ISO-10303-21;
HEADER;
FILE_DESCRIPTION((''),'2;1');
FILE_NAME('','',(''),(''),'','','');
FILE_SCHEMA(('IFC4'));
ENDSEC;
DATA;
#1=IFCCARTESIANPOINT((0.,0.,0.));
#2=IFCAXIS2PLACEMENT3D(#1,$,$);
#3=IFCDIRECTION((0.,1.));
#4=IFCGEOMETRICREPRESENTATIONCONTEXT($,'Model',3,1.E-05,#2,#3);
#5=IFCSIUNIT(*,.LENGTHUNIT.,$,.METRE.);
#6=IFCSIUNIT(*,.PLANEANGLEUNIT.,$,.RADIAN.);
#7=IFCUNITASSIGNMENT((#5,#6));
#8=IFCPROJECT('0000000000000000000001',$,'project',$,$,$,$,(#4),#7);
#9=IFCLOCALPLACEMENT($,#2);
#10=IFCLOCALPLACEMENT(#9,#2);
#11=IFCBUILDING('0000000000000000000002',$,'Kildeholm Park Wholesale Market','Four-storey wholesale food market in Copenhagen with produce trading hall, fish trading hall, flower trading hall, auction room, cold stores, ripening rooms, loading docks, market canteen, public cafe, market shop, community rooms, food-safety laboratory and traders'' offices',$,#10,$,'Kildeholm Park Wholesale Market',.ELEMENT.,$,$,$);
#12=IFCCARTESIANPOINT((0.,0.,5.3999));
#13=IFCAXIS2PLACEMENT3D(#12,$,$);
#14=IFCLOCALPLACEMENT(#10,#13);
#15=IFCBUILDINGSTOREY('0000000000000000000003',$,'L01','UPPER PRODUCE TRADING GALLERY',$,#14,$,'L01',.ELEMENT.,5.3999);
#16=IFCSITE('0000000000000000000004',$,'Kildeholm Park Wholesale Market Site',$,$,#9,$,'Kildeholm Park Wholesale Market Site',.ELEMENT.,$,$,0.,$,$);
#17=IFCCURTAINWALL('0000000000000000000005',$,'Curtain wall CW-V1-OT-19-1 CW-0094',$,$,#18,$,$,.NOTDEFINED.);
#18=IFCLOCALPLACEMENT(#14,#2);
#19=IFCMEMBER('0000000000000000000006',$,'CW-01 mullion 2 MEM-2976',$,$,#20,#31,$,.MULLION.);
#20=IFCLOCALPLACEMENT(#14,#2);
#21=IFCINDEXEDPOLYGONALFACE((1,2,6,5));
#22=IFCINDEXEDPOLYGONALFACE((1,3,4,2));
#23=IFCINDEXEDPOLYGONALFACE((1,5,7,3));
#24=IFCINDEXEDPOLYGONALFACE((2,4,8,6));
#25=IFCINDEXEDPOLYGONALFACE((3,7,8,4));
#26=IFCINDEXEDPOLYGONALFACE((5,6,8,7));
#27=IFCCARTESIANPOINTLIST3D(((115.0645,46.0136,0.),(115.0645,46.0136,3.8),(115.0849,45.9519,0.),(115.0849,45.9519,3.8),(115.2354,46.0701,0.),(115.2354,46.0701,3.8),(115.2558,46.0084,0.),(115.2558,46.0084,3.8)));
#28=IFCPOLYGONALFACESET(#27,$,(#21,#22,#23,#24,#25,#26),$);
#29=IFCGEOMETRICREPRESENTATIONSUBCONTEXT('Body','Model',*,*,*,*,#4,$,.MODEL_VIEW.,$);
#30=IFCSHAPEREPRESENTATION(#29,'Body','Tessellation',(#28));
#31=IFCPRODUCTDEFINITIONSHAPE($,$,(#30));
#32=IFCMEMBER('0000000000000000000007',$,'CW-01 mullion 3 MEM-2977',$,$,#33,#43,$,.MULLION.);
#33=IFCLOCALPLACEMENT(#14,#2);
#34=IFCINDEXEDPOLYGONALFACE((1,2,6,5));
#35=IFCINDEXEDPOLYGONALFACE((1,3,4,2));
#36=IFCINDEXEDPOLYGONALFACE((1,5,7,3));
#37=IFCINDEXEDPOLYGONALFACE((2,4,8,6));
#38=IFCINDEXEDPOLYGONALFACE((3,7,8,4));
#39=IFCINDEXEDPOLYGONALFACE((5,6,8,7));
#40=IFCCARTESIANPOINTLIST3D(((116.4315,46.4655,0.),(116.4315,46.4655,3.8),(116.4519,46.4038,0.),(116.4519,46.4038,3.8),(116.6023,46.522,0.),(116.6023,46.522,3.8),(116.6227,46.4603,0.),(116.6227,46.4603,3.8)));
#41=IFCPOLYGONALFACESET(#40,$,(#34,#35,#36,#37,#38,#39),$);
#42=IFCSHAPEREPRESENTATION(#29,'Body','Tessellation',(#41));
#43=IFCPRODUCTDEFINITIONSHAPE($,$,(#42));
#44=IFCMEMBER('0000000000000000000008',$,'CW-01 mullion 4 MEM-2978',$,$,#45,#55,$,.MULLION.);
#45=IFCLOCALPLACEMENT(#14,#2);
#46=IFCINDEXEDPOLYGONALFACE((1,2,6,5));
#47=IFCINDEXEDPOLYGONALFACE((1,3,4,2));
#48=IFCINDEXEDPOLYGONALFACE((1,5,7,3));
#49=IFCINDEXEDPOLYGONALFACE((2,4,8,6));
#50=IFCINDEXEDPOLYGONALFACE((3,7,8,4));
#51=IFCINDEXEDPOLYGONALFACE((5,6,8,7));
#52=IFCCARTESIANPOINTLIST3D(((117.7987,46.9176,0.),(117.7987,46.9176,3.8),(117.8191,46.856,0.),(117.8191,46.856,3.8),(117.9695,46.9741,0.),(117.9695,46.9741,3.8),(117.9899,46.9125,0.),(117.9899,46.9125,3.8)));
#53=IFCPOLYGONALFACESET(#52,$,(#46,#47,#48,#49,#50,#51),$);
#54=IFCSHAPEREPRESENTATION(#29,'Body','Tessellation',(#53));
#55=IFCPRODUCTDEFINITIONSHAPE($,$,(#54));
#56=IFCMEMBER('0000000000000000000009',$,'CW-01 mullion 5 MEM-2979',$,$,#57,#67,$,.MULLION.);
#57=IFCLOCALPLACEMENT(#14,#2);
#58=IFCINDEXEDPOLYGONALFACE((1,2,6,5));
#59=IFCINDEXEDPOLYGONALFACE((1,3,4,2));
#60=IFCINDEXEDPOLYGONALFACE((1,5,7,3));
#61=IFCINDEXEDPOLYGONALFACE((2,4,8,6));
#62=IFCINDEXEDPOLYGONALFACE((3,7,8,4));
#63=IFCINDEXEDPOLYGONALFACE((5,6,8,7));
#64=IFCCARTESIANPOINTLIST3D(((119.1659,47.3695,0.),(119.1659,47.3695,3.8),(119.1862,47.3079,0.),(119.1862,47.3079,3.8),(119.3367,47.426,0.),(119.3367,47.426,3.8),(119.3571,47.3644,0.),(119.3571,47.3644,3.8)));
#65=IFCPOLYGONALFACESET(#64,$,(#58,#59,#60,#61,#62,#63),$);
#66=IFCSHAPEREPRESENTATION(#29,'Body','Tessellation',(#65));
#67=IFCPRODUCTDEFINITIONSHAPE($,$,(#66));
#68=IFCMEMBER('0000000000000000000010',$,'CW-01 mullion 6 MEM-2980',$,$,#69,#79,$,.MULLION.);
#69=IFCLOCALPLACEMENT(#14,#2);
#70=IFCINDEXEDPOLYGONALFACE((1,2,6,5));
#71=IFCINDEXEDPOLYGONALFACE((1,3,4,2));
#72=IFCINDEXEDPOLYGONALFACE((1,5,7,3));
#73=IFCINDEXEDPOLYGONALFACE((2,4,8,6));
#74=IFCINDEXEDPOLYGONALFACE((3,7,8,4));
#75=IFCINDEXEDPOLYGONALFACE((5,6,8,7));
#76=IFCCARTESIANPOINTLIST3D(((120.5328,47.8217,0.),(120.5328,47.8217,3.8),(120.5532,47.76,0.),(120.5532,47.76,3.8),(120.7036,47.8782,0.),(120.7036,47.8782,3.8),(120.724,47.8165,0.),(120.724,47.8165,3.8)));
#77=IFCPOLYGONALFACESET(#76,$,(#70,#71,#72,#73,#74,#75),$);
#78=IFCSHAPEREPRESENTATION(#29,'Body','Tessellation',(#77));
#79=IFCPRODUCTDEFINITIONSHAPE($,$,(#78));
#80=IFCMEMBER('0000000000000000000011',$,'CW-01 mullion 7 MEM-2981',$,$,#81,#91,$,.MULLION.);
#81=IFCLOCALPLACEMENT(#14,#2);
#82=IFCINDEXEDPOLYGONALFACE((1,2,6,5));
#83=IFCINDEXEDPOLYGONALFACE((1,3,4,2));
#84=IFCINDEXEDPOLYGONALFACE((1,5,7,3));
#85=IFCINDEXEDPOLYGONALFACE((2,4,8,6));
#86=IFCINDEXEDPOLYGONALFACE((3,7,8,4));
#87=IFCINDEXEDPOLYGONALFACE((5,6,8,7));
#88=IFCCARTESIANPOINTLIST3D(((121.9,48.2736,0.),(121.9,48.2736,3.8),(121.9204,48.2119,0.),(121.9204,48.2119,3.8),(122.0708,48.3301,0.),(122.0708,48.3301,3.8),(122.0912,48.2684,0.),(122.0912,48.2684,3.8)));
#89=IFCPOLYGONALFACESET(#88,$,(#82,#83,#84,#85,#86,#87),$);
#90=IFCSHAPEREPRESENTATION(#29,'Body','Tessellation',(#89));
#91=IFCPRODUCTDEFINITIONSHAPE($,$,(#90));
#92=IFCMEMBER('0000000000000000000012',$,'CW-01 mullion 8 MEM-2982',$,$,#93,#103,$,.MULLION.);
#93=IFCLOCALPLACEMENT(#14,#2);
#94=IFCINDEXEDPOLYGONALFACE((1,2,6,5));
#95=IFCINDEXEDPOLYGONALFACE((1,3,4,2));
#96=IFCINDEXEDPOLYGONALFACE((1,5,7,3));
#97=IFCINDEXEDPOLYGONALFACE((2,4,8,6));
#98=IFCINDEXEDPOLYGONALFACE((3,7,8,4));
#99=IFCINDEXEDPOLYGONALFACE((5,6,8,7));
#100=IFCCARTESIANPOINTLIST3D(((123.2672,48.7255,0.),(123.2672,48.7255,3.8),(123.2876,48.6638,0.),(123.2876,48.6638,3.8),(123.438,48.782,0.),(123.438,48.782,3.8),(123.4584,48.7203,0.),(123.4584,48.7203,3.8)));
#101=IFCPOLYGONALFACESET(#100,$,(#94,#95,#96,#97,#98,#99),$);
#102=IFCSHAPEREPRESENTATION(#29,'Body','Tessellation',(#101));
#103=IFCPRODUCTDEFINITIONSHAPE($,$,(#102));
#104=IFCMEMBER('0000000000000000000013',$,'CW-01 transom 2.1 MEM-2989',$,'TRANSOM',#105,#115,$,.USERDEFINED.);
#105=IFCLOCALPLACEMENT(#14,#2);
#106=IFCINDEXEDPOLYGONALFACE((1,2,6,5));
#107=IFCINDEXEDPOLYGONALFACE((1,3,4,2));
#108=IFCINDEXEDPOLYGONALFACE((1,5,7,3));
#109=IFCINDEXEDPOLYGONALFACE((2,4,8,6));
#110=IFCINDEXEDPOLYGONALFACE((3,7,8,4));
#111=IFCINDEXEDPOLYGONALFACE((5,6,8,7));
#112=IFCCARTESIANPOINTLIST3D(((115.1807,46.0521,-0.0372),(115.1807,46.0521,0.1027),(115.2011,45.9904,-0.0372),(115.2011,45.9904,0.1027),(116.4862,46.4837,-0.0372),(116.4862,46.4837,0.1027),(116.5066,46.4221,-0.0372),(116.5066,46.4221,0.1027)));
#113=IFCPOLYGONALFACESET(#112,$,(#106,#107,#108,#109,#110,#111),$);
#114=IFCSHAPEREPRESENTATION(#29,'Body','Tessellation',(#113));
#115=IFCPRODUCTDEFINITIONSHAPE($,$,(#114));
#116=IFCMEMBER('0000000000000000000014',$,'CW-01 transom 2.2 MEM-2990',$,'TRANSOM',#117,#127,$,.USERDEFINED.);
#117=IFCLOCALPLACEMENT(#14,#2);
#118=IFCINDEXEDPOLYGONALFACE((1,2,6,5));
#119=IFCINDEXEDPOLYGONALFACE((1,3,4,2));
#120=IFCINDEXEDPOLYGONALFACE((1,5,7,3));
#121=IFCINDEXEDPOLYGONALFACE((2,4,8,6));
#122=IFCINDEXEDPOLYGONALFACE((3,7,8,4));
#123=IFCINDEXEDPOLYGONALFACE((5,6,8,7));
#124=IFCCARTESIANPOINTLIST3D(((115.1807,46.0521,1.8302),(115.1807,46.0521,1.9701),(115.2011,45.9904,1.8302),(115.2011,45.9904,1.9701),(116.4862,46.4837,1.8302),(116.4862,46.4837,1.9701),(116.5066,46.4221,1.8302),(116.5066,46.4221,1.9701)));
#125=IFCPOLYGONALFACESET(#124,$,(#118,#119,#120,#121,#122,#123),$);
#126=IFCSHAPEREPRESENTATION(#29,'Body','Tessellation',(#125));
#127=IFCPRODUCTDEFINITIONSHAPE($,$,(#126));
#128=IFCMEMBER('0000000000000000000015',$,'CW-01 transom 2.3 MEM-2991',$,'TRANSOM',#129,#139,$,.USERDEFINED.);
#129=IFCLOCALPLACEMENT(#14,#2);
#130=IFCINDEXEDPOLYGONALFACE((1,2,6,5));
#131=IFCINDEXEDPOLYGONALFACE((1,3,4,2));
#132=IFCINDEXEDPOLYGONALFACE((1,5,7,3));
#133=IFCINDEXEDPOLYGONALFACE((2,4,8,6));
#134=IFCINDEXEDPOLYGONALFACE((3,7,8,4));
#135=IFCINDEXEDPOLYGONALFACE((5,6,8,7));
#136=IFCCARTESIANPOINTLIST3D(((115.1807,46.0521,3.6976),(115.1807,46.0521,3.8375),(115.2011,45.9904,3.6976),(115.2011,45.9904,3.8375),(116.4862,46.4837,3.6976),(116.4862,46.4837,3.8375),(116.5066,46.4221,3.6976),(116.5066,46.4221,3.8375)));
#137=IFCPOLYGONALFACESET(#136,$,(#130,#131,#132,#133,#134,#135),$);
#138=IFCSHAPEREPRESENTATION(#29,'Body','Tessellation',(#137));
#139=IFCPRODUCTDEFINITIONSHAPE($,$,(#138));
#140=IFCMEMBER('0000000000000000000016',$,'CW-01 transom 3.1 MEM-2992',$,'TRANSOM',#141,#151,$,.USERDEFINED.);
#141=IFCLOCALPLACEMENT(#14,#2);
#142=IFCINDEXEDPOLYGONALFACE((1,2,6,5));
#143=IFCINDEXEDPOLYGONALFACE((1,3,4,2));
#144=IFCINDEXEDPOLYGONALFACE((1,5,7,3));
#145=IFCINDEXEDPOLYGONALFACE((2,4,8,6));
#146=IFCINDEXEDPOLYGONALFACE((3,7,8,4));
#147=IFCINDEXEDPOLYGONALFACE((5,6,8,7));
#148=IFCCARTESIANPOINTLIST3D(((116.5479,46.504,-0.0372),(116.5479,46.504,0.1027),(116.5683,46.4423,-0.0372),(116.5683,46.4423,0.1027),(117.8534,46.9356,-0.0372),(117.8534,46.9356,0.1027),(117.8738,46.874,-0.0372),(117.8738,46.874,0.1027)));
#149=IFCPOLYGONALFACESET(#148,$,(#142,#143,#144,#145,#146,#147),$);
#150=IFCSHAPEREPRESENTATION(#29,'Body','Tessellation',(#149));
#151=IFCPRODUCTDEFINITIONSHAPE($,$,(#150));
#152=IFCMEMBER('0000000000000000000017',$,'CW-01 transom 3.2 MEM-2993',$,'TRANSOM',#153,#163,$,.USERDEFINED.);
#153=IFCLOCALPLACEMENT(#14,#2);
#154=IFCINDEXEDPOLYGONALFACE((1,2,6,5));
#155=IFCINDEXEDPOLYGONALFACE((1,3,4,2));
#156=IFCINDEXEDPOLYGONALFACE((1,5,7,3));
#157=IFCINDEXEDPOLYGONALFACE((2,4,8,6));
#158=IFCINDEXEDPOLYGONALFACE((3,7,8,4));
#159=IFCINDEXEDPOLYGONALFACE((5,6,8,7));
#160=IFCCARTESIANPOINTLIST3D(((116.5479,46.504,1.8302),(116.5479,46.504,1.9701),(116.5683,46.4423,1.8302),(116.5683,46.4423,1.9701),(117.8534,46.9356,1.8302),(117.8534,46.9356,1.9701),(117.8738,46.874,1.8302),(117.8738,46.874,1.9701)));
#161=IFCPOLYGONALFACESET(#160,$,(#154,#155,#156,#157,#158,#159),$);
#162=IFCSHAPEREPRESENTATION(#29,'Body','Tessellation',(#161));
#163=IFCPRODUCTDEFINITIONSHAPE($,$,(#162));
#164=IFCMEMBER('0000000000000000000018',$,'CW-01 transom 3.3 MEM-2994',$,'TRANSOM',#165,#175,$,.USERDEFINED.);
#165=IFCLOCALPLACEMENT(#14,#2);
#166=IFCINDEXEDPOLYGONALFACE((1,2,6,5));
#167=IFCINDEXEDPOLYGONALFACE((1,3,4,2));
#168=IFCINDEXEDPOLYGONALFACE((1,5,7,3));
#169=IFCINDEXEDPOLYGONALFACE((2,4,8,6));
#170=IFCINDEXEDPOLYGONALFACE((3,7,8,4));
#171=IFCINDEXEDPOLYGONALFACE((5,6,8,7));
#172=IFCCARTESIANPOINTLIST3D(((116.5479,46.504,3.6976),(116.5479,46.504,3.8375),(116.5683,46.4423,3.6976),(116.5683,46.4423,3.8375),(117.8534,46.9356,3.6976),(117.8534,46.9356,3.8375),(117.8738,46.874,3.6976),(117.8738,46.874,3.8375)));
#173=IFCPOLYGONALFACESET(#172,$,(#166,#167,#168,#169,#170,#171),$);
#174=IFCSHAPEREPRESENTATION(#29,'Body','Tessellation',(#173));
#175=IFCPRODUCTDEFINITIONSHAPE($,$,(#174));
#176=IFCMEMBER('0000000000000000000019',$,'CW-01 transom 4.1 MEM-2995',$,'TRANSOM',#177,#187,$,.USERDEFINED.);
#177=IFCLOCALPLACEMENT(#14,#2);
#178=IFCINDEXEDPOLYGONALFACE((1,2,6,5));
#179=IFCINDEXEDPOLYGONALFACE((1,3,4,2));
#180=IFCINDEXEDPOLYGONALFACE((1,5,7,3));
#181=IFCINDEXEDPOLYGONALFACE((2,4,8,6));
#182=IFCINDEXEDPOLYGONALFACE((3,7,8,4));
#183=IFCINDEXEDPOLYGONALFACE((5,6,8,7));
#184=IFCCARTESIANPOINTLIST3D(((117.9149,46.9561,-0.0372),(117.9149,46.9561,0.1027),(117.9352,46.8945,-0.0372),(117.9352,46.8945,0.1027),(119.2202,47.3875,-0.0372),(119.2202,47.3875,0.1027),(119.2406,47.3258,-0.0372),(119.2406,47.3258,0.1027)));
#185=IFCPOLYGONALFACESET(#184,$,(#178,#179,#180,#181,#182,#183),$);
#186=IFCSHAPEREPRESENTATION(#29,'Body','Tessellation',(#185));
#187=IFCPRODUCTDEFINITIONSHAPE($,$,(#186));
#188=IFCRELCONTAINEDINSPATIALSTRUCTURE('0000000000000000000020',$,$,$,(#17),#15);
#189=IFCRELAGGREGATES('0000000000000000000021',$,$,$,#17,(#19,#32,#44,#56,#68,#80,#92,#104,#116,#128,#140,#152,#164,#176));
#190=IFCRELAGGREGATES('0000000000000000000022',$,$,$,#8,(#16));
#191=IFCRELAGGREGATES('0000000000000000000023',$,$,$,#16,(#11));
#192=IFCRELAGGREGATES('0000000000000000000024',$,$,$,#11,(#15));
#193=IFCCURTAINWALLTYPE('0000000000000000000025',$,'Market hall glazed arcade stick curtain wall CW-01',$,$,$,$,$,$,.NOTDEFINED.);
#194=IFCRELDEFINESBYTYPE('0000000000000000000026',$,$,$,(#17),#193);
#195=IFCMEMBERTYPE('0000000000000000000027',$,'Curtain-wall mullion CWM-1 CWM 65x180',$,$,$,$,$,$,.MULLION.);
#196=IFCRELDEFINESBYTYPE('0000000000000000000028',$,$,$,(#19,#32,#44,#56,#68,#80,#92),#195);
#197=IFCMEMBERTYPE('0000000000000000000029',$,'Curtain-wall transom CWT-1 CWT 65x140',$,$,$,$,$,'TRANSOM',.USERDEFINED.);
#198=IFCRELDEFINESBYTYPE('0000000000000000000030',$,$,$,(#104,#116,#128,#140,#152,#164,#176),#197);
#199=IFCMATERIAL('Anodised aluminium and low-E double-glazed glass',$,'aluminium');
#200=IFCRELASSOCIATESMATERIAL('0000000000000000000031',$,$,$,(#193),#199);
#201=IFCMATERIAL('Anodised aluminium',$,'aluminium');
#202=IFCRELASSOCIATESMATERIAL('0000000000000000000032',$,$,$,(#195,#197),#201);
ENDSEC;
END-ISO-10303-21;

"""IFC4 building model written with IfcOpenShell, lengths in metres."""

from ifc_helpers import new_model, si_unit, direction, frame, origin, origin_2d, place, context, subcontext, project, spatial, rectangle, extrude, material, material_profile, profile_set, type_object, element, aggregate, save


model = new_model("IFC4")

# Units and contexts
model_context = context("Model", 3, precision=1e-05, world=origin(), true_north=direction((0.0, 1.0)))
body_context = subcontext(model_context, "Body", "Model", "MODEL_VIEW")
ifc_project = project(units=[si_unit("LENGTHUNIT", "METRE"), si_unit("PLANEANGLEUNIT", "RADIAN")], contexts=[model_context])

# Site, building, storey
site_placement = place(None, origin())
site = spatial("IfcSite", under=ifc_project, at=site_placement, Name="Kildeholm Park Wholesale Market Site", LongName="Kildeholm Park Wholesale Market Site", CompositionType="ELEMENT", RefElevation=0.0)
building_placement = place(site_placement, origin())
building = spatial("IfcBuilding", under=site, at=building_placement, Name="Kildeholm Park Wholesale Market", Description="Four-storey wholesale food market in Copenhagen with produce trading hall, fish trading hall, flower trading hall, auction room, cold stores, ripening rooms, loading docks, market canteen, public cafe, market shop, community rooms, food-safety laboratory and traders' offices", LongName="Kildeholm Park Wholesale Market", CompositionType="ELEMENT")
storey_placement = place(building_placement, frame((0.0, 0.0, 5.3999)))
storey = spatial("IfcBuildingStorey", under=building, at=storey_placement, Name="L01", Description="UPPER PRODUCE TRADING GALLERY", LongName="L01", CompositionType="ELEMENT", Elevation=5.3999)

# Curtain wall, members
ifc_material_1 = material(Name="Anodised aluminium and low-E double-glazed glass", Category="aluminium")
curtain_wall_type = type_object("IfcCurtainWallType", Name="Market hall glazed arcade stick curtain wall CW-01", PredefinedType="NOTDEFINED", material=ifc_material_1)
curtain_wall_placement = place(storey_placement, origin())
curtain_wall = element("IfcCurtainWall", 1, at=curtain_wall_placement, inside=storey, type_object=curtain_wall_type, Name="Curtain wall CW-V1-OT-19-1 CW-0094", PredefinedType="NOTDEFINED")
ifc_material_2 = material(Name="Anodised aluminium", Category="aluminium")
ifc_material_profile_1 = material_profile(ifc_material_2, rectangle(XDim=0.0649, YDim=0.1799, at=origin_2d()), Name="CWM 65x180")
ifc_profile_set_1 = profile_set([ifc_material_profile_1], Name="Anodised aluminium")
member_type_1 = type_object("IfcMemberType", Name="Curtain-wall mullion CWM-1 CWM 65x180", PredefinedType="MULLION", material=ifc_profile_set_1)
member_1_placement = place(storey_placement, frame((115.1602, 46.011, 0.0), z_axis=(0.0, 0.0, 1.0), x_axis=(-0.313914, 0.949451, 0.0)))
member_1 = element("IfcMember", 2, at=member_1_placement, type_object=member_type_1, Name="CW-01 mullion 2 MEM-2976", PredefinedType="MULLION", context=body_context, shape_type="SweptSolid", body=[
    extrude(rectangle(XDim=0.0649, YDim=0.1799, at=origin_2d()), origin(), (0.0, 0.0, 1.0), 3.8),
])
member_2_placement = place(storey_placement, frame((116.5271, 46.4629, 0.0), z_axis=(0.0, 0.0, 1.0), x_axis=(-0.313914, 0.949451, 0.0)))
member_2 = element("IfcMember", 3, at=member_2_placement, type_object=member_type_1, Name="CW-01 mullion 3 MEM-2977", PredefinedType="MULLION", context=body_context, shape_type="SweptSolid", body=[
    extrude(rectangle(XDim=0.0649, YDim=0.1799, at=origin_2d()), origin(), (0.0, 0.0, 1.0), 3.8),
])
member_3_placement = place(storey_placement, frame((117.8943, 46.915, 0.0), z_axis=(0.0, 0.0, 1.0), x_axis=(-0.313914, 0.949451, 0.0)))
member_3 = element("IfcMember", 4, at=member_3_placement, type_object=member_type_1, Name="CW-01 mullion 4 MEM-2978", PredefinedType="MULLION", context=body_context, shape_type="SweptSolid", body=[
    extrude(rectangle(XDim=0.0649, YDim=0.1799, at=origin_2d()), origin(), (0.0, 0.0, 1.0), 3.8),
])
member_4_placement = place(storey_placement, frame((119.2615, 47.3669, 0.0), z_axis=(0.0, 0.0, 1.0), x_axis=(-0.313914, 0.949451, 0.0)))
member_4 = element("IfcMember", 5, at=member_4_placement, type_object=member_type_1, Name="CW-01 mullion 5 MEM-2979", PredefinedType="MULLION", context=body_context, shape_type="SweptSolid", body=[
    extrude(rectangle(XDim=0.0649, YDim=0.1799, at=origin_2d()), origin(), (0.0, 0.0, 1.0), 3.8),
])
member_5_placement = place(storey_placement, frame((120.6284, 47.8191, 0.0), z_axis=(0.0, 0.0, 1.0), x_axis=(-0.313914, 0.949451, 0.0)))
member_5 = element("IfcMember", 6, at=member_5_placement, type_object=member_type_1, Name="CW-01 mullion 6 MEM-2980", PredefinedType="MULLION", context=body_context, shape_type="SweptSolid", body=[
    extrude(rectangle(XDim=0.0649, YDim=0.1799, at=origin_2d()), origin(), (0.0, 0.0, 1.0), 3.8),
])
member_6_placement = place(storey_placement, frame((121.9956, 48.271, 0.0), z_axis=(0.0, 0.0, 1.0), x_axis=(-0.313914, 0.949451, 0.0)))
member_6 = element("IfcMember", 7, at=member_6_placement, type_object=member_type_1, Name="CW-01 mullion 7 MEM-2981", PredefinedType="MULLION", context=body_context, shape_type="SweptSolid", body=[
    extrude(rectangle(XDim=0.0649, YDim=0.1799, at=origin_2d()), origin(), (0.0, 0.0, 1.0), 3.8),
])
member_7_placement = place(storey_placement, frame((123.3628, 48.7229, 0.0), z_axis=(0.0, 0.0, 1.0), x_axis=(-0.313914, 0.949451, 0.0)))
member_7 = element("IfcMember", 8, at=member_7_placement, type_object=member_type_1, Name="CW-01 mullion 8 MEM-2982", PredefinedType="MULLION", context=body_context, shape_type="SweptSolid", body=[
    extrude(rectangle(XDim=0.0649, YDim=0.1799, at=origin_2d()), origin(), (0.0, 0.0, 1.0), 3.8),
])
ifc_material_profile_2 = material_profile(ifc_material_2, rectangle(XDim=0.0649, YDim=0.1399, at=origin_2d()), Name="CWT 65x140")
ifc_profile_set_2 = profile_set([ifc_material_profile_2], Name="Anodised aluminium")
member_type_2 = type_object("IfcMemberType", Name="Curtain-wall transom CWT-1 CWT 65x140", ElementType="TRANSOM", PredefinedType="USERDEFINED", material=ifc_profile_set_2)
member_8_placement = place(storey_placement, frame((115.1909, 46.0212, 0.0327), z_axis=(0.949444, 0.313936, 0.0), x_axis=(-0.313936, 0.949444, 0.0)))
member_8 = element("IfcMember", 9, at=member_8_placement, type_object=member_type_2, Name="CW-01 transom 2.1 MEM-2989", ObjectType="TRANSOM", PredefinedType="USERDEFINED", context=body_context, shape_type="SweptSolid", body=[
    extrude(rectangle(XDim=0.0649, YDim=0.1399, at=origin_2d()), origin(), (0.0, 0.0, 1.0), 1.375),
])
member_9_placement = place(storey_placement, frame((115.1909, 46.0212, 1.9001), z_axis=(0.949444, 0.313936, 0.0), x_axis=(-0.313936, 0.949444, 0.0)))
member_9 = element("IfcMember", 10, at=member_9_placement, type_object=member_type_2, Name="CW-01 transom 2.2 MEM-2990", ObjectType="TRANSOM", PredefinedType="USERDEFINED", context=body_context, shape_type="SweptSolid", body=[
    extrude(rectangle(XDim=0.0649, YDim=0.1399, at=origin_2d()), origin(), (0.0, 0.0, 1.0), 1.375),
])
member_10_placement = place(storey_placement, frame((115.1909, 46.0212, 3.7676), z_axis=(0.949444, 0.313936, 0.0), x_axis=(-0.313936, 0.949444, 0.0)))
member_10 = element("IfcMember", 11, at=member_10_placement, type_object=member_type_2, Name="CW-01 transom 2.3 MEM-2991", ObjectType="TRANSOM", PredefinedType="USERDEFINED", context=body_context, shape_type="SweptSolid", body=[
    extrude(rectangle(XDim=0.0649, YDim=0.1399, at=origin_2d()), origin(), (0.0, 0.0, 1.0), 1.375),
])
member_11_placement = place(storey_placement, frame((116.5581, 46.4731, 0.0327), z_axis=(0.949444, 0.313936, 0.0), x_axis=(-0.313936, 0.949444, 0.0)))
member_11 = element("IfcMember", 12, at=member_11_placement, type_object=member_type_2, Name="CW-01 transom 3.1 MEM-2992", ObjectType="TRANSOM", PredefinedType="USERDEFINED", context=body_context, shape_type="SweptSolid", body=[
    extrude(rectangle(XDim=0.0649, YDim=0.1399, at=origin_2d()), origin(), (0.0, 0.0, 1.0), 1.375),
])
member_12_placement = place(storey_placement, frame((116.5581, 46.4731, 1.9001), z_axis=(0.949444, 0.313936, 0.0), x_axis=(-0.313936, 0.949444, 0.0)))
member_12 = element("IfcMember", 13, at=member_12_placement, type_object=member_type_2, Name="CW-01 transom 3.2 MEM-2993", ObjectType="TRANSOM", PredefinedType="USERDEFINED", context=body_context, shape_type="SweptSolid", body=[
    extrude(rectangle(XDim=0.0649, YDim=0.1399, at=origin_2d()), origin(), (0.0, 0.0, 1.0), 1.375),
])
member_13_placement = place(storey_placement, frame((116.5581, 46.4731, 3.7676), z_axis=(0.949444, 0.313936, 0.0), x_axis=(-0.313936, 0.949444, 0.0)))
member_13 = element("IfcMember", 14, at=member_13_placement, type_object=member_type_2, Name="CW-01 transom 3.3 MEM-2994", ObjectType="TRANSOM", PredefinedType="USERDEFINED", context=body_context, shape_type="SweptSolid", body=[
    extrude(rectangle(XDim=0.0649, YDim=0.1399, at=origin_2d()), origin(), (0.0, 0.0, 1.0), 1.375),
])
member_14_placement = place(storey_placement, frame((117.925, 46.9253, 0.0327), z_axis=(0.949497, 0.313776, 0.0), x_axis=(-0.313776, 0.949497, 0.0)))
member_14 = element("IfcMember", 15, at=member_14_placement, type_object=member_type_2, Name="CW-01 transom 4.1 MEM-2995", ObjectType="TRANSOM", PredefinedType="USERDEFINED", context=body_context, shape_type="SweptSolid", body=[
    extrude(rectangle(XDim=0.0649, YDim=0.1399, at=origin_2d()), origin(), (0.0, 0.0, 1.0), 1.3748),
])
aggregate(curtain_wall, [member_1, member_2, member_3, member_4, member_5, member_6, member_7, member_8, member_9, member_10, member_11, member_12, member_13, member_14])

save(model, "model.ifc")
